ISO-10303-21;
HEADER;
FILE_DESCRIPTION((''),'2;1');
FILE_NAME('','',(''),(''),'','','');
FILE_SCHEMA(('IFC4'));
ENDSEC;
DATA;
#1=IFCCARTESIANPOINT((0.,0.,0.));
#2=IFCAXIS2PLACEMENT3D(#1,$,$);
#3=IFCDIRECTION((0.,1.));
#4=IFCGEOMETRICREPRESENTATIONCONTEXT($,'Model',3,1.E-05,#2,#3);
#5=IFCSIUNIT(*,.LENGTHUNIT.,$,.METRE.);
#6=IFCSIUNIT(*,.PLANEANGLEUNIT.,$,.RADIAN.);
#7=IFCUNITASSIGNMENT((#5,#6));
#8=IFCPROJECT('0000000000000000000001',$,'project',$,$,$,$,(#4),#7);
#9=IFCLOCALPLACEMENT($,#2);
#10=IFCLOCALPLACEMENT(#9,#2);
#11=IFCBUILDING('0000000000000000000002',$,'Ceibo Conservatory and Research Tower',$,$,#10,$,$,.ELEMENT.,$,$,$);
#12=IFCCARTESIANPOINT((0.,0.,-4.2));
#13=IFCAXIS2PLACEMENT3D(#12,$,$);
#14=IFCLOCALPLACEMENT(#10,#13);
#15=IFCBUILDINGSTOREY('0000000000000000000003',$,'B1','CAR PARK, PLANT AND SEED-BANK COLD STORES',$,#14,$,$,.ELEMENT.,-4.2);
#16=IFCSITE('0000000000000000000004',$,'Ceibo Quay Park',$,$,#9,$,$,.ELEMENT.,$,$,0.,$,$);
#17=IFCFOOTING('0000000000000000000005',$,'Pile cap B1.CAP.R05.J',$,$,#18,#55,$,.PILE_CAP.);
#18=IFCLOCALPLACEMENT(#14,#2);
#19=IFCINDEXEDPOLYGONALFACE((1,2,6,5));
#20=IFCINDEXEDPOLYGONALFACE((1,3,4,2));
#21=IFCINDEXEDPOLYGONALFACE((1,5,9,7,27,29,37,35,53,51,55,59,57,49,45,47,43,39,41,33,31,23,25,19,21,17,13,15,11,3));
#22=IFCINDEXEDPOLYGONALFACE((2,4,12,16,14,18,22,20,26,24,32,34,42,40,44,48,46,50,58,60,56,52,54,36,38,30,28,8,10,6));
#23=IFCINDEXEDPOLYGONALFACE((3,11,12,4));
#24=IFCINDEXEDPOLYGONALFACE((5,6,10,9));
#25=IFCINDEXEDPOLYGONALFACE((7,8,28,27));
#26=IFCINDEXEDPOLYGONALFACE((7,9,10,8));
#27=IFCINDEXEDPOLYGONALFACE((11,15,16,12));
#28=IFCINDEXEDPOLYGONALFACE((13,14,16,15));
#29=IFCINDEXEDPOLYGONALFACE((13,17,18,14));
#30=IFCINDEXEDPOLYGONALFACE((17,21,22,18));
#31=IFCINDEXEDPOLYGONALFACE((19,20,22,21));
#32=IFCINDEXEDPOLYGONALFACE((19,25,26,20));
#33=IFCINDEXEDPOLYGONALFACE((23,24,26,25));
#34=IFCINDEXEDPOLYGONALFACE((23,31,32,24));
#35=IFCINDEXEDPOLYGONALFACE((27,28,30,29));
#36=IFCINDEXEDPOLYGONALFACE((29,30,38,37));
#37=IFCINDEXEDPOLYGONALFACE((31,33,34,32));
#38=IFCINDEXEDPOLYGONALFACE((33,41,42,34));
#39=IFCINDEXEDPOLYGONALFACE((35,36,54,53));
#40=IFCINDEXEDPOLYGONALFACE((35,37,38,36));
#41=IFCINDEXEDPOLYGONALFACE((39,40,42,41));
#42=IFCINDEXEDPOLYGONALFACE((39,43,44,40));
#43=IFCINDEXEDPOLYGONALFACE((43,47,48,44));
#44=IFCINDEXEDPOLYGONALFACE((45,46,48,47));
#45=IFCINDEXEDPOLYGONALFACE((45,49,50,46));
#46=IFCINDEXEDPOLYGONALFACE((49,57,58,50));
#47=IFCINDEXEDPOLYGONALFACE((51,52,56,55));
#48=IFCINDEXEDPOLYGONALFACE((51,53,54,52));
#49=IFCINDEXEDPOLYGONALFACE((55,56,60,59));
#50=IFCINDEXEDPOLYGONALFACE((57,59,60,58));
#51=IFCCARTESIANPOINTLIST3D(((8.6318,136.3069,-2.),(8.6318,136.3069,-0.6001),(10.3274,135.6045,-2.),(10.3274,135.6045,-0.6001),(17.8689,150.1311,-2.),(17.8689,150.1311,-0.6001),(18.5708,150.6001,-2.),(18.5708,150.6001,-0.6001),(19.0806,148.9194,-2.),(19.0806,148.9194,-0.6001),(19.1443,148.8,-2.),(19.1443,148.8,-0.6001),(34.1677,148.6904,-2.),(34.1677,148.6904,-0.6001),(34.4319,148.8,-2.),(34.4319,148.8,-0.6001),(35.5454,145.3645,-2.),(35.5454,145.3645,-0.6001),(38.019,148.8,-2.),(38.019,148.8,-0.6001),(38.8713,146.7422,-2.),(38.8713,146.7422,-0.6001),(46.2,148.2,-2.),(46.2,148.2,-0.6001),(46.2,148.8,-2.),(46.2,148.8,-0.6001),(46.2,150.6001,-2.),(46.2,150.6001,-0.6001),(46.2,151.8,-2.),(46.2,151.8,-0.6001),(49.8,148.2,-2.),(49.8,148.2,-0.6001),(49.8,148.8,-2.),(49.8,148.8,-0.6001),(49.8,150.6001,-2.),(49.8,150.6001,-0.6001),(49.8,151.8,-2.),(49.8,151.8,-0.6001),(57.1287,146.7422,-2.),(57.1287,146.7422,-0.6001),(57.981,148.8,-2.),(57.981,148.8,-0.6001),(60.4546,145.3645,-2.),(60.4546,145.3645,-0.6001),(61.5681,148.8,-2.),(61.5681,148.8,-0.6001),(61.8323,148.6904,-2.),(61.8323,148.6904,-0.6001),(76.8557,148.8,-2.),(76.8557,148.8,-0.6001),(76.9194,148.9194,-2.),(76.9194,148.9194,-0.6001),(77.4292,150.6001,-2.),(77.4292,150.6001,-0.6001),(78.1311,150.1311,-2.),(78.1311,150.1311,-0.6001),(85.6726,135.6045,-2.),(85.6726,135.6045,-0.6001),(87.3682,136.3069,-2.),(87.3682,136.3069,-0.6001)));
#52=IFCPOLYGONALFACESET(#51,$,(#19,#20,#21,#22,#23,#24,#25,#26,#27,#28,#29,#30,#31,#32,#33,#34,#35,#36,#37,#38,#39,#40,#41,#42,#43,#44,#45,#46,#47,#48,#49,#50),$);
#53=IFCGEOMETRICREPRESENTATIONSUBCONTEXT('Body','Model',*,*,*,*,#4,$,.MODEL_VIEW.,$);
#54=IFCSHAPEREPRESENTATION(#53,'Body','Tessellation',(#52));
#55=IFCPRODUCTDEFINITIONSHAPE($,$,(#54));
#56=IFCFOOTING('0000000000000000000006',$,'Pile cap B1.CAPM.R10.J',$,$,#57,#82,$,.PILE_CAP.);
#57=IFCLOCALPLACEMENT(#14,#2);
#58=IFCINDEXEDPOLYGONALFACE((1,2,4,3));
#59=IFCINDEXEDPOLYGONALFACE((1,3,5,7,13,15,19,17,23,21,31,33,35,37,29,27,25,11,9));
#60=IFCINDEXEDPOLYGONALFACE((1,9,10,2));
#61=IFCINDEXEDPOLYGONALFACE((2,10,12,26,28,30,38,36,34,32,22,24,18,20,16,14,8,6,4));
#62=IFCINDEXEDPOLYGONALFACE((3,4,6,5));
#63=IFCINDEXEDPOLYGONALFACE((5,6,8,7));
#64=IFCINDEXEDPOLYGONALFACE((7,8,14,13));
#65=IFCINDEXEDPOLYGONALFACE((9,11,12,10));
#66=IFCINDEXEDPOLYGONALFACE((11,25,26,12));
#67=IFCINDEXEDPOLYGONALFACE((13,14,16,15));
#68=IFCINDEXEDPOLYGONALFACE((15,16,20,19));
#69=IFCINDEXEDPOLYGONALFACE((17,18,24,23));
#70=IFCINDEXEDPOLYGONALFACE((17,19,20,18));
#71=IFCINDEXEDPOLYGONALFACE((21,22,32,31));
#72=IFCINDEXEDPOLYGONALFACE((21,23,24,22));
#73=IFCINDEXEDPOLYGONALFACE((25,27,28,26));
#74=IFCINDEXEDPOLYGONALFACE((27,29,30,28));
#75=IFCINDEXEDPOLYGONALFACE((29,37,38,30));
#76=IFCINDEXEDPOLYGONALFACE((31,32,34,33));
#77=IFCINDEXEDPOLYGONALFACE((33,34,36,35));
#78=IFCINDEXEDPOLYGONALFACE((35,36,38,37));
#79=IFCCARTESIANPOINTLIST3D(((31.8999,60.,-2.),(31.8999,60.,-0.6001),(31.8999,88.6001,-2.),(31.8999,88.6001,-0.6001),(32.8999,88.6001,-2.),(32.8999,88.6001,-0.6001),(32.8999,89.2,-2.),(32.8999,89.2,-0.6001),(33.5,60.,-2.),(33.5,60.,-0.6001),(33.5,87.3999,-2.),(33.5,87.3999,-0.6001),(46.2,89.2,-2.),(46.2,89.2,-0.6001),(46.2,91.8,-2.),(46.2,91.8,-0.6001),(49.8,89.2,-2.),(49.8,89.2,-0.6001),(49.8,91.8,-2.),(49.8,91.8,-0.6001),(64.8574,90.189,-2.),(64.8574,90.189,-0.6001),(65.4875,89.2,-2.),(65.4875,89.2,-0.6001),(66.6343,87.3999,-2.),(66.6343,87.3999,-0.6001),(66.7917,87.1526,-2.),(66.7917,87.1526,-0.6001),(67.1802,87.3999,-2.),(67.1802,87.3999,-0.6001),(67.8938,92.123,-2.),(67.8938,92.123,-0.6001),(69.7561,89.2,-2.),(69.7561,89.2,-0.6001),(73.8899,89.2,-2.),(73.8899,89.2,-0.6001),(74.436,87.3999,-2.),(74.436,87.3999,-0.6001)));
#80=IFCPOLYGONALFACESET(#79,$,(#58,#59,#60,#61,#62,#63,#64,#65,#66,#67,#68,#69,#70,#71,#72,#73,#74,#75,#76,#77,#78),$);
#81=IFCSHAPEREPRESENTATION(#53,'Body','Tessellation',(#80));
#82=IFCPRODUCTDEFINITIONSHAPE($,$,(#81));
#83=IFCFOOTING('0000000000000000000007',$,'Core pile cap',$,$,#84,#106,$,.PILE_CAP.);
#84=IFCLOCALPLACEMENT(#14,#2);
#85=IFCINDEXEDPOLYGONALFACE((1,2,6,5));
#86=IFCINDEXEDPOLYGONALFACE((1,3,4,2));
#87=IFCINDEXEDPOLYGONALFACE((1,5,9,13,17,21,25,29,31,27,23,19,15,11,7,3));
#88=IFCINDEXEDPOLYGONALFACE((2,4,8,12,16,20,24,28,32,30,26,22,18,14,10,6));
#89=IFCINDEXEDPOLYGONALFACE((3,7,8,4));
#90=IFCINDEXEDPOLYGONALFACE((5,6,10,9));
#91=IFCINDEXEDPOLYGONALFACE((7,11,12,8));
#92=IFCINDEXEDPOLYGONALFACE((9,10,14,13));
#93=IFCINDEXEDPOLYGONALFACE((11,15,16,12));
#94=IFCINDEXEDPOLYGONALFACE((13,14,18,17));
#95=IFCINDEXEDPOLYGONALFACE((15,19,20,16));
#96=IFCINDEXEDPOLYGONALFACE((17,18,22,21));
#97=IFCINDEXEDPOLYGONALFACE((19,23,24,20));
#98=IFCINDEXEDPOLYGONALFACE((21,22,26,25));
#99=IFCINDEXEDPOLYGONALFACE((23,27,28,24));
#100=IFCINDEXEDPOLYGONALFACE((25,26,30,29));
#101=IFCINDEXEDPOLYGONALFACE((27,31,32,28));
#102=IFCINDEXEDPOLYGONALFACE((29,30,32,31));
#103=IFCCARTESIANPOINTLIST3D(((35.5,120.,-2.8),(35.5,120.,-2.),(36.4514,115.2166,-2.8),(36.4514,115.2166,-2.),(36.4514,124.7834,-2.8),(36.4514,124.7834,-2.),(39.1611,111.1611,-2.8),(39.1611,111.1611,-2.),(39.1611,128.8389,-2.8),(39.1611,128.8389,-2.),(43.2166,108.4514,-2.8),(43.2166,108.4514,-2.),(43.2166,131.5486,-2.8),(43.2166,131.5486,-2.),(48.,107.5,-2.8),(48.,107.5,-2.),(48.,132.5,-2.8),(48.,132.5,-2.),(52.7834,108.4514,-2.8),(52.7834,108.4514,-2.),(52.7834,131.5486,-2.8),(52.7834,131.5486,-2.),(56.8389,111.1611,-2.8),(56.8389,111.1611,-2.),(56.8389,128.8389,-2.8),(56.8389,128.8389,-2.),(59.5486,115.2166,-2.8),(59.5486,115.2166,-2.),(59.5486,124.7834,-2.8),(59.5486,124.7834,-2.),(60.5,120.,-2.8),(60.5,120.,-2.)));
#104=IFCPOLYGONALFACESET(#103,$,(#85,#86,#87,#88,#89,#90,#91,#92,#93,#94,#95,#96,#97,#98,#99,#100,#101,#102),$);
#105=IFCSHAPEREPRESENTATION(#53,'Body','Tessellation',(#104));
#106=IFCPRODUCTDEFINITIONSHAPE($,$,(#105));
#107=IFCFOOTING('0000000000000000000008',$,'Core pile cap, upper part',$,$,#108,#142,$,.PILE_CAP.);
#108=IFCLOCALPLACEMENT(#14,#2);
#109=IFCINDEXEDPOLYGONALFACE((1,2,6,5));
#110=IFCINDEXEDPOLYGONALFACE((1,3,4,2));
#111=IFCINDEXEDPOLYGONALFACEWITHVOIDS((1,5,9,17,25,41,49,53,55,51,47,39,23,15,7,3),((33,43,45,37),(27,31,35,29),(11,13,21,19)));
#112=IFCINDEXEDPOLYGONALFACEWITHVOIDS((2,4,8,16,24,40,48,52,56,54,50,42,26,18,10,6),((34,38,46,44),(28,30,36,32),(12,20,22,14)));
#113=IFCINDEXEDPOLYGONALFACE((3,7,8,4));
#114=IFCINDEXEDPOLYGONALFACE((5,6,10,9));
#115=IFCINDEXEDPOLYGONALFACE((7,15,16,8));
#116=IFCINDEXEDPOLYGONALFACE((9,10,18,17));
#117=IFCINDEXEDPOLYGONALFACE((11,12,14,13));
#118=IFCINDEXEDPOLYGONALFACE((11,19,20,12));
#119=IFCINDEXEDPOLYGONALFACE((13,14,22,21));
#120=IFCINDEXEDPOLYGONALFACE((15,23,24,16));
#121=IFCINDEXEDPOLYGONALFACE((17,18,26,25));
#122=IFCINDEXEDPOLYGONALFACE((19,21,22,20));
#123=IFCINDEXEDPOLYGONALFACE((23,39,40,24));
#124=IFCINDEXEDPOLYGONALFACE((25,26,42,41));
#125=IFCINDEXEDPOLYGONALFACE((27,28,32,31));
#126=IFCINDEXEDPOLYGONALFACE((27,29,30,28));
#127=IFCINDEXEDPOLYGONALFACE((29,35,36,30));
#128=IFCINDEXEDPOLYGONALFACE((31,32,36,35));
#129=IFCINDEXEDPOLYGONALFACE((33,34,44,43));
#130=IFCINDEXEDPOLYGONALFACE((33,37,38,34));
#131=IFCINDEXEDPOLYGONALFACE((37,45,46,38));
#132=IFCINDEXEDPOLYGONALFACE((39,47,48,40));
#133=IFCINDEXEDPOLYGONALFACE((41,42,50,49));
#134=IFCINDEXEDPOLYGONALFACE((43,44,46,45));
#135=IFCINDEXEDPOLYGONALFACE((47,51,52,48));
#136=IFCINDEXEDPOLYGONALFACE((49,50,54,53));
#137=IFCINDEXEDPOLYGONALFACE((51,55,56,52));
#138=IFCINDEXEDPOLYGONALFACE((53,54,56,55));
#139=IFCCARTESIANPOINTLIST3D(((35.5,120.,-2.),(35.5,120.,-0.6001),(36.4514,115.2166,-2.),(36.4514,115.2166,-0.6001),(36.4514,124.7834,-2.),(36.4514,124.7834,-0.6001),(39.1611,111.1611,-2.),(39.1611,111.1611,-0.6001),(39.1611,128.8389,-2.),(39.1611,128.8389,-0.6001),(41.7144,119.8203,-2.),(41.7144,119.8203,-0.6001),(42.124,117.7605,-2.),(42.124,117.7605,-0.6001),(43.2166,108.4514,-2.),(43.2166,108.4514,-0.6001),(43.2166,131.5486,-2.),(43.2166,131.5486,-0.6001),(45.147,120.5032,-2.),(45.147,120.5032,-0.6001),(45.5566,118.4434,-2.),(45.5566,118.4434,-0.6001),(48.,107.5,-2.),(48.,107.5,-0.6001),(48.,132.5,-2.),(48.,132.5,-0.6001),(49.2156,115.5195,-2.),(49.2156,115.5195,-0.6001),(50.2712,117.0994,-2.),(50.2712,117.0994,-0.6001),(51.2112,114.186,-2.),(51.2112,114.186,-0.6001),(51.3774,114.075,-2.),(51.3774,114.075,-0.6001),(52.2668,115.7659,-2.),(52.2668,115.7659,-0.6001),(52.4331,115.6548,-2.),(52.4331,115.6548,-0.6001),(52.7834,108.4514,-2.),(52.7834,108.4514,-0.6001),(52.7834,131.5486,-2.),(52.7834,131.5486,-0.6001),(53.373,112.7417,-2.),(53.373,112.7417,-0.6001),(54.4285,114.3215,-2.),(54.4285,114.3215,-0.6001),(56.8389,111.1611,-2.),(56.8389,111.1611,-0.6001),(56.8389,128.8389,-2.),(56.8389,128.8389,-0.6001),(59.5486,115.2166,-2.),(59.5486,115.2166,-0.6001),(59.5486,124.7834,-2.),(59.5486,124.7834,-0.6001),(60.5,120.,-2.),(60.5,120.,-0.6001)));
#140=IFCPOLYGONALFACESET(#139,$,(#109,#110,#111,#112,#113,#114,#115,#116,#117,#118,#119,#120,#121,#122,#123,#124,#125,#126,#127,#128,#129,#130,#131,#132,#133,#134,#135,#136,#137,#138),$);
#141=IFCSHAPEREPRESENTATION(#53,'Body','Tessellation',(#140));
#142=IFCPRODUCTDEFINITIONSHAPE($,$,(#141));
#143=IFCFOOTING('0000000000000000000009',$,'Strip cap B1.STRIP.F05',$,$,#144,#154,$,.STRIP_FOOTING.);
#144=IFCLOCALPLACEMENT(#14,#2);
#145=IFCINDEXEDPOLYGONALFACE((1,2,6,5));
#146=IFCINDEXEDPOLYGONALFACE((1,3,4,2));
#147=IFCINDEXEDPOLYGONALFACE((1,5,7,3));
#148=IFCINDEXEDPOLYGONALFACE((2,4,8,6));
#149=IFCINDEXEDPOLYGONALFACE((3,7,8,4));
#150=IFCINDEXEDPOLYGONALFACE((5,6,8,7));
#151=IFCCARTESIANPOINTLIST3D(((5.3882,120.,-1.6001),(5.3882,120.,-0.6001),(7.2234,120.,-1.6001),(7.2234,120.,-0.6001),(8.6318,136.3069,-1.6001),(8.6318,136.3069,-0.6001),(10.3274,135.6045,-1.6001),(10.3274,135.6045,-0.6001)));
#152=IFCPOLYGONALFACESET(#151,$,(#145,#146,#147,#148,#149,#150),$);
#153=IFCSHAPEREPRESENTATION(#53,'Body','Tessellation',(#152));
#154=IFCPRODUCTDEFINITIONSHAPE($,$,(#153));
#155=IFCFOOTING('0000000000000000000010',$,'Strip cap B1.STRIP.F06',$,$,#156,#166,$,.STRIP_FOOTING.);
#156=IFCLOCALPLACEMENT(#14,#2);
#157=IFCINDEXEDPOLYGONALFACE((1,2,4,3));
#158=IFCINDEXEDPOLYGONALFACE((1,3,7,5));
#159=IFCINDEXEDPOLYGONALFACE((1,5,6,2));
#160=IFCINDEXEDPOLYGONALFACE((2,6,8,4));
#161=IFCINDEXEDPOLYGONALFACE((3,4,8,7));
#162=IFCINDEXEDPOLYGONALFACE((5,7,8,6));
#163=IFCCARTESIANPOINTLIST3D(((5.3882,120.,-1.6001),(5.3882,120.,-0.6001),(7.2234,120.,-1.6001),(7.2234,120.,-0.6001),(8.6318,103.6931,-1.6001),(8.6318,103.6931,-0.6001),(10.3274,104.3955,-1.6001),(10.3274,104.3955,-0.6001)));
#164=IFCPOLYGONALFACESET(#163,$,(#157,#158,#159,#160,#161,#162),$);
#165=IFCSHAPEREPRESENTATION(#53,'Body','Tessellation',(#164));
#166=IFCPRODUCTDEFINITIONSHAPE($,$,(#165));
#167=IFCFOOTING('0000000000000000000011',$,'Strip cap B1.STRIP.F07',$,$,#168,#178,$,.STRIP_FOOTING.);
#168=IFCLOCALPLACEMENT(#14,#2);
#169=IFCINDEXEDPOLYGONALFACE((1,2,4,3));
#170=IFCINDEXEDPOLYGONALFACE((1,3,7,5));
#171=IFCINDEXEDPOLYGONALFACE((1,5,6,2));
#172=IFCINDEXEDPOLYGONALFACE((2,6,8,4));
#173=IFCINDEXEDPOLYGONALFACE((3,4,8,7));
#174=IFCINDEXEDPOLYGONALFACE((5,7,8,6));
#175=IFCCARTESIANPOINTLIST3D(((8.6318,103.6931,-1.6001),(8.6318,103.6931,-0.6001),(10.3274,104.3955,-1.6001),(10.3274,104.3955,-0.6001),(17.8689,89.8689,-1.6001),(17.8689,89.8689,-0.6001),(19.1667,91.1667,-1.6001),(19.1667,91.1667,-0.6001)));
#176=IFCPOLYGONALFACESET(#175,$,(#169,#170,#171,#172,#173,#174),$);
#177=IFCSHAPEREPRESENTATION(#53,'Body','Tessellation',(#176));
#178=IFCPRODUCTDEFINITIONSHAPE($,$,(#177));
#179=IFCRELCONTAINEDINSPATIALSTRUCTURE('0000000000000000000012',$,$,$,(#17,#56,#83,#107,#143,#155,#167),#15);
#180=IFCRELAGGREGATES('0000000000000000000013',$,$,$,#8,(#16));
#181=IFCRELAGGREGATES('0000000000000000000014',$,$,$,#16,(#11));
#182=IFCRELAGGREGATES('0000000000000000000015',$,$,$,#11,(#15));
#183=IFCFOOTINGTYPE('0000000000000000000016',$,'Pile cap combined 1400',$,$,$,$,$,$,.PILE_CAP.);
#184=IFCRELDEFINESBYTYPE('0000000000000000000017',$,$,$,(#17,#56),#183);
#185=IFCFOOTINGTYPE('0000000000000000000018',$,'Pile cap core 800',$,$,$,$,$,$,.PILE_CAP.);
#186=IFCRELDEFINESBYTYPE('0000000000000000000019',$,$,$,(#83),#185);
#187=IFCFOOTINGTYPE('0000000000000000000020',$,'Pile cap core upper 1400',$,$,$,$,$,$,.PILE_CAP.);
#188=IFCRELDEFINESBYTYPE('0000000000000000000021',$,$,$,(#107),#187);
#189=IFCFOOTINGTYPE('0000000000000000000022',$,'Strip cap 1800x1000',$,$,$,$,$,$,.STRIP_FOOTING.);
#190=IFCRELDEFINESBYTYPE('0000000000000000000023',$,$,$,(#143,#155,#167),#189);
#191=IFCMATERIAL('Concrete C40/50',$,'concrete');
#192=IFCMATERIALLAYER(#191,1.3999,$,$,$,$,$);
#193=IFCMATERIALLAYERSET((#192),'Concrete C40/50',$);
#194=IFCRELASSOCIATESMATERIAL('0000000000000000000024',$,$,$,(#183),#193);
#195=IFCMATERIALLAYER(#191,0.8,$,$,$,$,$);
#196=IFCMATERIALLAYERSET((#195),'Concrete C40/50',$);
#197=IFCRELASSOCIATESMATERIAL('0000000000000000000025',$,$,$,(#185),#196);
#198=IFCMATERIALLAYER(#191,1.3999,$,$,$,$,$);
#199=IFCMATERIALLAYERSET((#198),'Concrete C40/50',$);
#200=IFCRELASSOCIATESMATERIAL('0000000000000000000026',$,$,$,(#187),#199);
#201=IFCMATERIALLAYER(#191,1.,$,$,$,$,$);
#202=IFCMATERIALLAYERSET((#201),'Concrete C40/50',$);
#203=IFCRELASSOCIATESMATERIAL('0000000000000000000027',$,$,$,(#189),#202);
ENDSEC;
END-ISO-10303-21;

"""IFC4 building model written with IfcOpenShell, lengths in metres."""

from ifc_helpers import new_model, si_unit, direction, frame, origin, place, context, subcontext, project, spatial, polyline, outline, extrude, material, layer, layer_set, type_object, element, save


model = new_model("IFC4")

# Units and contexts
model_context = context("Model", 3, precision=1e-05, world=origin(), true_north=direction((0.0, 1.0)))
body_context = subcontext(model_context, "Body", "Model", "MODEL_VIEW")
ifc_project = project(units=[si_unit("LENGTHUNIT", "METRE"), si_unit("PLANEANGLEUNIT", "RADIAN")], contexts=[model_context])

# Site, building, storey
site_placement = place(None, origin())
site = spatial("IfcSite", under=ifc_project, at=site_placement, Name="Ceibo Quay Park", CompositionType="ELEMENT", RefElevation=0.0)
building_placement = place(site_placement, origin())
building = spatial("IfcBuilding", under=site, at=building_placement, Name="Ceibo Conservatory and Research Tower", CompositionType="ELEMENT")
storey_placement = place(building_placement, frame((0.0, 0.0, -4.2)))
storey = spatial("IfcBuildingStorey", under=building, at=storey_placement, Name="B1", Description="CAR PARK, PLANT AND SEED-BANK COLD STORES", CompositionType="ELEMENT", Elevation=-4.2)

# Footings
ifc_material_1 = material(Name="Concrete C40/50", Category="concrete")
ifc_layer_1 = layer(ifc_material_1, 1.3999)
ifc_layer_set_1 = layer_set([ifc_layer_1], Name="Concrete C40/50")
footing_type_1 = type_object("IfcFootingType", Name="Pile cap combined 1400", PredefinedType="PILE_CAP", material=ifc_layer_set_1)
footing_1_placement = place(storey_placement, frame((0.0, 0.0, -2.0)))
element("IfcFooting", 1, at=footing_1_placement, inside=storey, type_object=footing_type_1, Name="Pile cap B1.CAP.R05.J", PredefinedType="PILE_CAP", context=body_context, shape_type="SweptSolid", body=[
    extrude(outline(polyline([(10.3274, 135.6045), (19.1443, 148.8), (34.4319, 148.8), (34.1677, 148.6904), (35.5454, 145.3645), (38.8713, 146.7422), (38.019, 148.8), (46.2, 148.8), (46.2, 148.2), (49.8, 148.2), (49.8, 148.8), (57.981, 148.8), (57.1287, 146.7422), (60.4546, 145.3645), (61.8323, 148.6904), (61.5681, 148.8), (76.8557, 148.8), (85.6726, 135.6045), (87.3682, 136.3069), (78.1311, 150.1311), (76.9194, 148.9194), (77.4292, 150.6001), (49.8, 150.6001), (49.8, 151.8), (46.2, 151.8), (46.2, 150.6001), (18.5708, 150.6001), (19.0806, 148.9194), (17.8689, 150.1311), (8.6318, 136.3069), (10.3274, 135.6045)])), origin(), (0.0, 0.0, 1.0), 1.3999),
])
footing_2_placement = place(storey_placement, frame((0.0, 0.0, -2.0)))
element("IfcFooting", 2, at=footing_2_placement, inside=storey, type_object=footing_type_1, Name="Pile cap B1.CAPM.R10.J", PredefinedType="PILE_CAP", context=body_context, shape_type="SweptSolid", body=[
    extrude(outline(polyline([(31.8999, 60.0), (33.5, 60.0), (33.5, 87.3999), (66.6343, 87.3999), (66.7917, 87.1526), (67.1802, 87.3999), (74.436, 87.3999), (73.8899, 89.2), (69.7561, 89.2), (67.8938, 92.123), (64.8574, 90.189), (65.4875, 89.2), (49.8, 89.2), (49.8, 91.8), (46.2, 91.8), (46.2, 89.2), (32.8999, 89.2), (32.8999, 88.6001), (31.8999, 88.6001), (31.8999, 60.0)])), origin(), (0.0, 0.0, 1.0), 1.3999),
])
ifc_layer_2 = layer(ifc_material_1, 0.8)
ifc_layer_set_2 = layer_set([ifc_layer_2], Name="Concrete C40/50")
footing_type_2 = type_object("IfcFootingType", Name="Pile cap core 800", PredefinedType="PILE_CAP", material=ifc_layer_set_2)
footing_3_placement = place(storey_placement, frame((0.0, 0.0, -2.8)))
element("IfcFooting", 3, at=footing_3_placement, inside=storey, type_object=footing_type_2, Name="Core pile cap", PredefinedType="PILE_CAP", context=body_context, shape_type="SweptSolid", body=[
    extrude(outline(polyline([(60.5, 120.0), (59.5486, 124.7834), (56.8389, 128.8389), (52.7834, 131.5486), (48.0, 132.5), (43.2166, 131.5486), (39.1611, 128.8389), (36.4514, 124.7834), (35.5, 120.0), (36.4514, 115.2166), (39.1611, 111.1611), (43.2166, 108.4514), (48.0, 107.5), (52.7834, 108.4514), (56.8389, 111.1611), (59.5486, 115.2166), (60.5, 120.0)])), origin(), (0.0, 0.0, 1.0), 0.8),
])
ifc_layer_3 = layer(ifc_material_1, 1.3999)
ifc_layer_set_3 = layer_set([ifc_layer_3], Name="Concrete C40/50")
footing_type_3 = type_object("IfcFootingType", Name="Pile cap core upper 1400", PredefinedType="PILE_CAP", material=ifc_layer_set_3)
footing_4_placement = place(storey_placement, frame((0.0, 0.0, -2.0)))
element("IfcFooting", 4, at=footing_4_placement, inside=storey, type_object=footing_type_3, Name="Core pile cap, upper part", PredefinedType="PILE_CAP", context=body_context, shape_type="SweptSolid", body=[
    extrude(outline(polyline([(60.5, 120.0), (59.5486, 124.7834), (56.8389, 128.8389), (52.7834, 131.5486), (48.0, 132.5), (43.2166, 131.5486), (39.1611, 128.8389), (36.4514, 124.7834), (35.5, 120.0), (36.4514, 115.2166), (39.1611, 111.1611), (43.2166, 108.4514), (48.0, 107.5), (52.7834, 108.4514), (56.8389, 111.1611), (59.5486, 115.2166), (60.5, 120.0)]), holes=[polyline([(51.3774, 114.075), (53.373, 112.7417), (54.4285, 114.3215), (52.4331, 115.6548), (51.3774, 114.075)]), polyline([(50.2712, 117.0994), (49.2156, 115.5195), (51.2112, 114.186), (52.2668, 115.7659), (50.2712, 117.0994)]), polyline([(45.5566, 118.4434), (45.147, 120.5032), (41.7144, 119.8203), (42.124, 117.7605), (45.5566, 118.4434)])]), origin(), (0.0, 0.0, 1.0), 1.3999),
])
ifc_layer_4 = layer(ifc_material_1, 1.0)
ifc_layer_set_4 = layer_set([ifc_layer_4], Name="Concrete C40/50")
footing_type_4 = type_object("IfcFootingType", Name="Strip cap 1800x1000", PredefinedType="STRIP_FOOTING", material=ifc_layer_set_4)
footing_5_placement = place(storey_placement, frame((0.0, 0.0, -1.6001)))
element("IfcFooting", 5, at=footing_5_placement, inside=storey, type_object=footing_type_4, Name="Strip cap B1.STRIP.F05", PredefinedType="STRIP_FOOTING", context=body_context, shape_type="SweptSolid", body=[
    extrude(outline(polyline([(8.6318, 136.3069), (5.3882, 120.0), (7.2234, 120.0), (10.3274, 135.6045), (8.6318, 136.3069)])), origin(), (0.0, 0.0, 1.0), 1.0),
])
footing_6_placement = place(storey_placement, frame((0.0, 0.0, -1.6001)))
element("IfcFooting", 6, at=footing_6_placement, inside=storey, type_object=footing_type_4, Name="Strip cap B1.STRIP.F06", PredefinedType="STRIP_FOOTING", context=body_context, shape_type="SweptSolid", body=[
    extrude(outline(polyline([(5.3882, 120.0), (8.6318, 103.6931), (10.3274, 104.3955), (7.2234, 120.0), (5.3882, 120.0)])), origin(), (0.0, 0.0, 1.0), 1.0),
])
footing_7_placement = place(storey_placement, frame((0.0, 0.0, -1.6001)))
element("IfcFooting", 7, at=footing_7_placement, inside=storey, type_object=footing_type_4, Name="Strip cap B1.STRIP.F07", PredefinedType="STRIP_FOOTING", context=body_context, shape_type="SweptSolid", body=[
    extrude(outline(polyline([(8.6318, 103.6931), (17.8689, 89.8689), (19.1667, 91.1667), (10.3274, 104.3955), (8.6318, 103.6931)])), origin(), (0.0, 0.0, 1.0), 1.0),
])

save(model, "model.ifc")
